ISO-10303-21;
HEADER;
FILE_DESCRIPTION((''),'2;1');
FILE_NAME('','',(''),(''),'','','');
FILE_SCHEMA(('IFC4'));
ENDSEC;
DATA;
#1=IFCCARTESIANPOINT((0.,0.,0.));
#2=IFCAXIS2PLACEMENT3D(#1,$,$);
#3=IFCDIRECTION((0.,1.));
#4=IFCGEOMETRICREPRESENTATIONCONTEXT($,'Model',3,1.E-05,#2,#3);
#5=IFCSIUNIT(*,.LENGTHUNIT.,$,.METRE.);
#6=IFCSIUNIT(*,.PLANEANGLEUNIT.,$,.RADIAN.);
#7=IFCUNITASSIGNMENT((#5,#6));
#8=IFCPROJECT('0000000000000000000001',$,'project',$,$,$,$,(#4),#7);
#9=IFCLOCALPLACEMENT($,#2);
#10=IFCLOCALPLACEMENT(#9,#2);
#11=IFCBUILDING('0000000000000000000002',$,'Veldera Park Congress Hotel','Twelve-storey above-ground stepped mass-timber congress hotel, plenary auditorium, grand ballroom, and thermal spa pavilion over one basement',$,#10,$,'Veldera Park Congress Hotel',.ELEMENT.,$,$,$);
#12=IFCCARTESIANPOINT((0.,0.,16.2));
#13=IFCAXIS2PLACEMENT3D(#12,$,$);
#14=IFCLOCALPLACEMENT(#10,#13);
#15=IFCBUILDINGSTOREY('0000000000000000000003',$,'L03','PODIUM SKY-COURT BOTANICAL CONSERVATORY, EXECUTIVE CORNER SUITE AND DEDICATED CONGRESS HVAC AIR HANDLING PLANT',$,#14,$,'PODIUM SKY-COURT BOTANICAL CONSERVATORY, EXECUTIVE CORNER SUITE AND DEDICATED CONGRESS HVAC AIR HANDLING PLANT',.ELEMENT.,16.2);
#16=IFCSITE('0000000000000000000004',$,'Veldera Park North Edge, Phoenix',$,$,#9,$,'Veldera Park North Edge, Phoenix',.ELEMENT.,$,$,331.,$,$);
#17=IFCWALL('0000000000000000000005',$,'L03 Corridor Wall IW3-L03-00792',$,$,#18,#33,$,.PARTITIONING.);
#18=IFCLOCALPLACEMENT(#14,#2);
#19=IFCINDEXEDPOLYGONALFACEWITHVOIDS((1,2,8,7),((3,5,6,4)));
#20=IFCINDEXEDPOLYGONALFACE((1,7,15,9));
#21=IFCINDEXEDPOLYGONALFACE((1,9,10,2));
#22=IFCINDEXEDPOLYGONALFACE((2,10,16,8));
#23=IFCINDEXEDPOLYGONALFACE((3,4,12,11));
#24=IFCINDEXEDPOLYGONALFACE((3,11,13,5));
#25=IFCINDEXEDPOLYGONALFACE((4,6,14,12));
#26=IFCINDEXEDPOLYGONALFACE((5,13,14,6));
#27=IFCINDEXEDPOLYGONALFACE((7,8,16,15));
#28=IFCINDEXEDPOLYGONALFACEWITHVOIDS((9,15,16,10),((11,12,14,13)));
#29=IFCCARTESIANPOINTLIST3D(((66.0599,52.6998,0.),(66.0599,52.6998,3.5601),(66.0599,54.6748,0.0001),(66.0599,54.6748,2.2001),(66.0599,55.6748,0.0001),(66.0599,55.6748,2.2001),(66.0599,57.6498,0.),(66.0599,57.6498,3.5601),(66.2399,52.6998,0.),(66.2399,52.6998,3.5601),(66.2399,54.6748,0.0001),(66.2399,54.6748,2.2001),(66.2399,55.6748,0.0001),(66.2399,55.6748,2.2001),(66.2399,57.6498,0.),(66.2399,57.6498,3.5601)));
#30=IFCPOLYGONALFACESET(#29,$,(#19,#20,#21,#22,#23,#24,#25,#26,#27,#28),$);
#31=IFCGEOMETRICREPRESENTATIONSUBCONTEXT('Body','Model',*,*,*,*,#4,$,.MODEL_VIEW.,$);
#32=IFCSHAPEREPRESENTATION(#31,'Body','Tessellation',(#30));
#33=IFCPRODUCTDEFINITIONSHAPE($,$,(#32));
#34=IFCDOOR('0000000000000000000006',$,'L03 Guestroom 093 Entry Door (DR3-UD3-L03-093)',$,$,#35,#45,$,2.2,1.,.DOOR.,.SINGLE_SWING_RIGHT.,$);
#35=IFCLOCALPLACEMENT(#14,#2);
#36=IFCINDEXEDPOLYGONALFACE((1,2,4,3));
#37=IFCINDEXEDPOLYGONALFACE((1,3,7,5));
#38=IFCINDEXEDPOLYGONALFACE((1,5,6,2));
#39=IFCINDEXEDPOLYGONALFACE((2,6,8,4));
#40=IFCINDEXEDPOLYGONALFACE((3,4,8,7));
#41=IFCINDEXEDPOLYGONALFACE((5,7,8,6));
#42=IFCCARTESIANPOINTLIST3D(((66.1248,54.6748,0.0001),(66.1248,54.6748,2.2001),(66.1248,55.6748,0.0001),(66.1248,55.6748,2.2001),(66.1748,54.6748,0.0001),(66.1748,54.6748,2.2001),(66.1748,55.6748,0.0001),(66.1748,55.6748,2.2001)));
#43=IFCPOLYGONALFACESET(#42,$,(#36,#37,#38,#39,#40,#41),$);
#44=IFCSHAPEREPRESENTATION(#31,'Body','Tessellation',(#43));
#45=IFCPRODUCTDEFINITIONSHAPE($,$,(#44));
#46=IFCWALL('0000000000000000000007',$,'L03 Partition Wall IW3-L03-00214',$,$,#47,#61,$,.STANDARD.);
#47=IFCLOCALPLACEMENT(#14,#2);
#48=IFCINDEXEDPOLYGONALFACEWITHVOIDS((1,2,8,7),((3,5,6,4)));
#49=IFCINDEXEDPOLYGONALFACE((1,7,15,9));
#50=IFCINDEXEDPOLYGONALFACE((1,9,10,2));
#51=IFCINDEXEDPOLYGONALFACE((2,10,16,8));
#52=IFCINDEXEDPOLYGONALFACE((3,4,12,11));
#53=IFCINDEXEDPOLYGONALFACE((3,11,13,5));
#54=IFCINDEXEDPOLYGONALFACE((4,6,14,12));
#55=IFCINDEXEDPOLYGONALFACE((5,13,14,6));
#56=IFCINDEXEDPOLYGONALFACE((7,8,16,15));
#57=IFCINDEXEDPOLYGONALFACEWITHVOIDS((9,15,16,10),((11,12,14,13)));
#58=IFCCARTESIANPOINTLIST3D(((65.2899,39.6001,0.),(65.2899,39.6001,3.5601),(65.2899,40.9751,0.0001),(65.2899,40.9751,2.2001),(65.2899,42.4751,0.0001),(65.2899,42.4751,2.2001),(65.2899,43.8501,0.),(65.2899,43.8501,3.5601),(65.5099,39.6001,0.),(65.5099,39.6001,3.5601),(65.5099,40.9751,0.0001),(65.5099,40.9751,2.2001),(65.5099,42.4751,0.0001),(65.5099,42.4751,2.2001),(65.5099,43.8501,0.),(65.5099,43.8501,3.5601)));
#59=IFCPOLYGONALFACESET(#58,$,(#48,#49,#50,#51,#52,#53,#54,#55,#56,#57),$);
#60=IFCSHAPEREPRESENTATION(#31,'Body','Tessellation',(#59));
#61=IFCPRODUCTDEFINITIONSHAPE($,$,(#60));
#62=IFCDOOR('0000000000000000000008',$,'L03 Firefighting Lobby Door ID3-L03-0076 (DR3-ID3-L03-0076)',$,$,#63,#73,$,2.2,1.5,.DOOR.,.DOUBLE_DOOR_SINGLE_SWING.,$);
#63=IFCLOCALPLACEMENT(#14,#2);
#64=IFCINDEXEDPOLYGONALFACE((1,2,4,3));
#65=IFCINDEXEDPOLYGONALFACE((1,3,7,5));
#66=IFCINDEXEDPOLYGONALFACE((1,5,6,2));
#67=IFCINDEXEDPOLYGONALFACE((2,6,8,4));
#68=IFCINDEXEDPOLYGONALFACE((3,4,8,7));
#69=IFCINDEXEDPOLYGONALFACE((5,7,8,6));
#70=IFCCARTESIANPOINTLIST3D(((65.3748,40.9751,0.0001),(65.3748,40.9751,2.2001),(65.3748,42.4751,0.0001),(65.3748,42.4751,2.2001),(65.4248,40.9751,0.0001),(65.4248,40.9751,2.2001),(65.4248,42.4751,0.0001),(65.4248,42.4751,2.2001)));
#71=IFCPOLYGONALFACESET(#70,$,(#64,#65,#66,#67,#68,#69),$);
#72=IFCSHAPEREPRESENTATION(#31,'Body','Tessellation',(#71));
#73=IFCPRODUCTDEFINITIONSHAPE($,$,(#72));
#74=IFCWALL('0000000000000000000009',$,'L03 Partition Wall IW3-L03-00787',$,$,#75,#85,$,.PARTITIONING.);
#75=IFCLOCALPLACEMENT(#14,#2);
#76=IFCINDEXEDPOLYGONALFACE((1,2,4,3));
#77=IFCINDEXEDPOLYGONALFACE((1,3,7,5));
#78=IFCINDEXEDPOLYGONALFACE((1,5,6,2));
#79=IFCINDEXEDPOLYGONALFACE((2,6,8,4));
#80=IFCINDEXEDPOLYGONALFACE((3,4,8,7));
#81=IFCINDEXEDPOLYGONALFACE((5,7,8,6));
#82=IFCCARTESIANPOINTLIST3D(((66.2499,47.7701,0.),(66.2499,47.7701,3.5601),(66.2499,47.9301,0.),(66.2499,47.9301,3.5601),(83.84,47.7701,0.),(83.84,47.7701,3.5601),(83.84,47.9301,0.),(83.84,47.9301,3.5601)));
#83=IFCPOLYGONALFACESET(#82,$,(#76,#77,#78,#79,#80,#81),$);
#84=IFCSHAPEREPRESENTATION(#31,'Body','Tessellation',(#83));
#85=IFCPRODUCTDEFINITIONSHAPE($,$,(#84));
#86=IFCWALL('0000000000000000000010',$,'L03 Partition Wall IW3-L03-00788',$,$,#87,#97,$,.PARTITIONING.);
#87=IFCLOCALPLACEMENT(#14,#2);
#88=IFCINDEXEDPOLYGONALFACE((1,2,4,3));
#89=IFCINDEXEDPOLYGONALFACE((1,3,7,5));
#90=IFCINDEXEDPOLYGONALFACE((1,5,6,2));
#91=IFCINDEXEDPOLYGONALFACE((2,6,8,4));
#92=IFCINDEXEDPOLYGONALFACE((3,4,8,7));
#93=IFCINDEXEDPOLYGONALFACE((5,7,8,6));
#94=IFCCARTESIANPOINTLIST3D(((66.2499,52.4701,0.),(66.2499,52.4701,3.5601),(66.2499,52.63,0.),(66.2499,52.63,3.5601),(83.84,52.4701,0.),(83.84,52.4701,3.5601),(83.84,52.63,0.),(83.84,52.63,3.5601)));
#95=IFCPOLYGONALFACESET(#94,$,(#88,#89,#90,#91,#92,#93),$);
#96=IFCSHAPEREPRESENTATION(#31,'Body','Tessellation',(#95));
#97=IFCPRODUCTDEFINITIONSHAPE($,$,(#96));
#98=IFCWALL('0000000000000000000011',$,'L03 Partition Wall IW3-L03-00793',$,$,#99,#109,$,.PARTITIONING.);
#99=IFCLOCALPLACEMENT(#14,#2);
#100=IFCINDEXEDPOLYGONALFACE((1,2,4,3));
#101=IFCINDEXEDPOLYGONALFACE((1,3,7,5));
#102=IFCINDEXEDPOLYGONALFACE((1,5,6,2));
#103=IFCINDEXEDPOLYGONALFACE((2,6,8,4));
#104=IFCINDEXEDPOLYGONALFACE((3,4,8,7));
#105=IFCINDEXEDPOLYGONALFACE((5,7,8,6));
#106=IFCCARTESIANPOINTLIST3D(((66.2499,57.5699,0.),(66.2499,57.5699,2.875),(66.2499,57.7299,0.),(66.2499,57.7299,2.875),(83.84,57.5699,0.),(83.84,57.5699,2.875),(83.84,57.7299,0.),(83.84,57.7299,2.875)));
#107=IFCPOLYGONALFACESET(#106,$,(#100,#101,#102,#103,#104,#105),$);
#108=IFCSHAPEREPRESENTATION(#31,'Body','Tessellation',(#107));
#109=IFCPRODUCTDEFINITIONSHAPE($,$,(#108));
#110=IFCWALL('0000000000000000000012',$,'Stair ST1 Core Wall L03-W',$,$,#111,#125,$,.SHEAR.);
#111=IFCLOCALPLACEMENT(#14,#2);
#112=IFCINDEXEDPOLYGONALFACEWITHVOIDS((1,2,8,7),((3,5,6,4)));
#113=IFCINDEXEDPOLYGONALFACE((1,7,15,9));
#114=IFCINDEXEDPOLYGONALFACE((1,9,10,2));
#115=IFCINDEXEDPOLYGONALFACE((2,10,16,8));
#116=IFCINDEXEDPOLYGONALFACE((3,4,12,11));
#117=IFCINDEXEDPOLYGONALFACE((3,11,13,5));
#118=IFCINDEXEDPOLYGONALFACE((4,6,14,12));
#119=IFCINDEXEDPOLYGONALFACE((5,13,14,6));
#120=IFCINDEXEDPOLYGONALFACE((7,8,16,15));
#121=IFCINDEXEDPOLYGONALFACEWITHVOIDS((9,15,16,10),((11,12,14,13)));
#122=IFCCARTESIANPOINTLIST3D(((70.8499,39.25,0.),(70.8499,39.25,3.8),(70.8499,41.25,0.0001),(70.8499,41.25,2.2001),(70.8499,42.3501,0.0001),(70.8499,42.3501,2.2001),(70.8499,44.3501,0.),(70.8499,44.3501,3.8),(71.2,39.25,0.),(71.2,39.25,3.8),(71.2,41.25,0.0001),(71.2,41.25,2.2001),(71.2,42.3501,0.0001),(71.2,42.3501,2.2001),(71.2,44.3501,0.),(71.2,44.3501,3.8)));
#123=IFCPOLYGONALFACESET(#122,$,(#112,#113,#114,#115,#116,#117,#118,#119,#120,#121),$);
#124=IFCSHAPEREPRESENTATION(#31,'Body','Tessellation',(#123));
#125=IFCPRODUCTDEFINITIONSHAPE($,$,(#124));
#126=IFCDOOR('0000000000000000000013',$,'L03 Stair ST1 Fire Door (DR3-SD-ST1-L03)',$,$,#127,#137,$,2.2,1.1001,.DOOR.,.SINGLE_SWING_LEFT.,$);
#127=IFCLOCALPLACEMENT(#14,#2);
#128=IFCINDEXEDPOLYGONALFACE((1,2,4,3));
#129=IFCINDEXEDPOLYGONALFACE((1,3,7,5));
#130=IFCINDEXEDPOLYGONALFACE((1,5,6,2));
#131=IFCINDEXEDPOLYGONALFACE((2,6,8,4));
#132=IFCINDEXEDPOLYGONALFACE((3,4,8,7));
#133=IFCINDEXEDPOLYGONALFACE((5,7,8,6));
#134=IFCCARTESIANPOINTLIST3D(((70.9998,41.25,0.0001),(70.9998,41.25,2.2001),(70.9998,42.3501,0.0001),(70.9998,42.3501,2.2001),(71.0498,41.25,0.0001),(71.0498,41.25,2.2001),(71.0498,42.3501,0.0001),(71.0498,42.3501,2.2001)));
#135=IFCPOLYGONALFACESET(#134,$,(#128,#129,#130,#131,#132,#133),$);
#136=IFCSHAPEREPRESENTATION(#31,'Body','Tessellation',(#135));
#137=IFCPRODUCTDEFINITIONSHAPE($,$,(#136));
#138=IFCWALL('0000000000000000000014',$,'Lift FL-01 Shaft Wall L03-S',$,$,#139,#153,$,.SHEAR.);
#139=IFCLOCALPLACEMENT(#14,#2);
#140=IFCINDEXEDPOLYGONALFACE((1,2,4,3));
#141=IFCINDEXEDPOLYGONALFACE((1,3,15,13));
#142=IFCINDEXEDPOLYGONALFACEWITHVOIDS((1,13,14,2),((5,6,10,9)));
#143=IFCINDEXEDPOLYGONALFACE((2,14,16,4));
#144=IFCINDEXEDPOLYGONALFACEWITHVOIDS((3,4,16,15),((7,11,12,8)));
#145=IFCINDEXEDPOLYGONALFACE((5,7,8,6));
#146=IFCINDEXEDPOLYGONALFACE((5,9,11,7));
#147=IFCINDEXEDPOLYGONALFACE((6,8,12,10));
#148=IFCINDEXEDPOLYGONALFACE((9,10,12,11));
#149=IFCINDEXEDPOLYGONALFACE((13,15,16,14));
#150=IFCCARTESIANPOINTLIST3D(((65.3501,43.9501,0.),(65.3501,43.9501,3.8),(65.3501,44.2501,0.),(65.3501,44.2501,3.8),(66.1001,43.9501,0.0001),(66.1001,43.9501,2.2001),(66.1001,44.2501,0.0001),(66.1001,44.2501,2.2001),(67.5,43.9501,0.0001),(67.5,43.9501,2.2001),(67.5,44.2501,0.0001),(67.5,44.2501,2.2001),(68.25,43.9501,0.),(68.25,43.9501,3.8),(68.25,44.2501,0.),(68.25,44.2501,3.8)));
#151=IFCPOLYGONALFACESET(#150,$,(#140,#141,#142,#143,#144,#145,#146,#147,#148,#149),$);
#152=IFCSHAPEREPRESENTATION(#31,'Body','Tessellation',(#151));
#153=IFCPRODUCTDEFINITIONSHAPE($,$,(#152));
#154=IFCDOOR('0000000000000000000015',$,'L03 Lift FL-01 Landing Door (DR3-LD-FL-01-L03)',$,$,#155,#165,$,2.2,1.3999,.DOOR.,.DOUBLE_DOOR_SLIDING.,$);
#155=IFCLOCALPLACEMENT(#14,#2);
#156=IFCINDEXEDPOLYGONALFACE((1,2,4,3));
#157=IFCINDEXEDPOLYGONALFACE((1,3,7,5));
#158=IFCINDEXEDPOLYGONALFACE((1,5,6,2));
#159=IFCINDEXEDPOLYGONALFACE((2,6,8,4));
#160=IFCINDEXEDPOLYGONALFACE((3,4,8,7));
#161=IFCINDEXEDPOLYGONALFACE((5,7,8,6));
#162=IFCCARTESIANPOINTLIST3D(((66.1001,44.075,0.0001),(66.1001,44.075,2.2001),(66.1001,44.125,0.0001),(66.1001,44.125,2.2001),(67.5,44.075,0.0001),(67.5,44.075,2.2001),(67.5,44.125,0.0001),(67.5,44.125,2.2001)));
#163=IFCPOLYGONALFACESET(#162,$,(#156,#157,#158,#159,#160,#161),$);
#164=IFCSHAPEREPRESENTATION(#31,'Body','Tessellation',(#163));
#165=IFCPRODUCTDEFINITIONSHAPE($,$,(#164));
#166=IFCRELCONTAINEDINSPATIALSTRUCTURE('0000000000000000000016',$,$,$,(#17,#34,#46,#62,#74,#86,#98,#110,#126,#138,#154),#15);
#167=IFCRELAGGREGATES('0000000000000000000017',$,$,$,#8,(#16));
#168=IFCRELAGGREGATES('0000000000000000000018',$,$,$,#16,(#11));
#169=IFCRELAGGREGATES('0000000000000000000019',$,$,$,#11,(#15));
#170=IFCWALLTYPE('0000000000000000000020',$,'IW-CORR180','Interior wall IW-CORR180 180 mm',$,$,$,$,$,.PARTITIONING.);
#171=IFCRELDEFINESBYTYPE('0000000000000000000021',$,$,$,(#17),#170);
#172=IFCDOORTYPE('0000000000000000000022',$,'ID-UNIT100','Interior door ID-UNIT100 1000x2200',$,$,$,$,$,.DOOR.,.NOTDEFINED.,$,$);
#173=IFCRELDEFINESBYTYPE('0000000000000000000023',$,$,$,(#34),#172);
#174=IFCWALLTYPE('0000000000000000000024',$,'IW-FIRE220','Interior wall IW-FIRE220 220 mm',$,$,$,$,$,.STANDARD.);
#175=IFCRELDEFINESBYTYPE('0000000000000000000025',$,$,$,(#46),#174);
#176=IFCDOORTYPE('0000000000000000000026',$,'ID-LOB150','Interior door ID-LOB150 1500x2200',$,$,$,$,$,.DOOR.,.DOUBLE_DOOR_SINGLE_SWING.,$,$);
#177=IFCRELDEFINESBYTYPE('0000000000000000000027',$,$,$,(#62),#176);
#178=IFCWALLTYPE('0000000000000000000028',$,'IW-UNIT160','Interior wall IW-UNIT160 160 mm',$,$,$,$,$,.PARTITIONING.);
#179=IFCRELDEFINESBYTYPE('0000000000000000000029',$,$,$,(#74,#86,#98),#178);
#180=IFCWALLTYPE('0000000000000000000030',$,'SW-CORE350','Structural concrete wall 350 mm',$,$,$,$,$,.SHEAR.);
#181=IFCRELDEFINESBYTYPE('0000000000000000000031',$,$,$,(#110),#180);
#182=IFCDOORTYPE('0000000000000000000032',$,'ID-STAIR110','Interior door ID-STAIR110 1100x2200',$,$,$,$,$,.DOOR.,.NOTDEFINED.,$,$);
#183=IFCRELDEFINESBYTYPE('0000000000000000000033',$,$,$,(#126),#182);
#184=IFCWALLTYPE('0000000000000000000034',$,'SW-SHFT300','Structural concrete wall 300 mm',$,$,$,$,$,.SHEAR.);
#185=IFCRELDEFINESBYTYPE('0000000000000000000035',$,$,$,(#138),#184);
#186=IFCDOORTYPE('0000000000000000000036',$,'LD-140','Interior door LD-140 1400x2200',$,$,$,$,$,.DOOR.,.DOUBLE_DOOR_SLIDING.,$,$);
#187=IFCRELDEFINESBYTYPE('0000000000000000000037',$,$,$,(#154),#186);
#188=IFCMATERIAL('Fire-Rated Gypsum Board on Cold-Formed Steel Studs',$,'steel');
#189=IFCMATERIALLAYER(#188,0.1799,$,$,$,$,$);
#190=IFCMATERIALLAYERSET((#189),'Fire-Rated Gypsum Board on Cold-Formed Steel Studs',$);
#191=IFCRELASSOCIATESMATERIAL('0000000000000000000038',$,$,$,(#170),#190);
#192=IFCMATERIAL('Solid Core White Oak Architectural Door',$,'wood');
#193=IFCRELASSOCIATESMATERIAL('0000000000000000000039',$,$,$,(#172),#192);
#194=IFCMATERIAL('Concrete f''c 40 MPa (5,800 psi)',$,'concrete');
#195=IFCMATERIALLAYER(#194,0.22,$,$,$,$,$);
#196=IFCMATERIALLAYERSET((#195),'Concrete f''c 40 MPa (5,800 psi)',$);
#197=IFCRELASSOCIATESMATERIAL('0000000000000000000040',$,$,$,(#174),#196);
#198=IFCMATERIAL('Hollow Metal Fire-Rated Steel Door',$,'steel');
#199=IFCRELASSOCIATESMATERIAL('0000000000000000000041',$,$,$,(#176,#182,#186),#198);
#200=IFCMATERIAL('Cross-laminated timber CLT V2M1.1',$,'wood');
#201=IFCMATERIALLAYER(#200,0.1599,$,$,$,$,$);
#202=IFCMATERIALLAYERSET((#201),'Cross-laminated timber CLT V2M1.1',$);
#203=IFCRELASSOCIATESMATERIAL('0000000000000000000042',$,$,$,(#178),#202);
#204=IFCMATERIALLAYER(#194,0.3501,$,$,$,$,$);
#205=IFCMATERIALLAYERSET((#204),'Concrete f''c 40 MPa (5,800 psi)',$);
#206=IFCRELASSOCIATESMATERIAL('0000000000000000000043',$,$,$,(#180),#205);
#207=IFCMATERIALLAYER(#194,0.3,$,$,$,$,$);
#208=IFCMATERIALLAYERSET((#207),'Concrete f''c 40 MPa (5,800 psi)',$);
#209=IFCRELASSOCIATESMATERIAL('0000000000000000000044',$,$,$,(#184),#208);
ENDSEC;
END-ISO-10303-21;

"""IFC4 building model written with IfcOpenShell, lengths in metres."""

from ifc_helpers import new_model, si_unit, direction, frame, frame_2d, origin, place, context, subcontext, project, spatial, rectangle, extrude, material, layer, layer_set, type_object, element, fill, save


model = new_model("IFC4")

# Units and contexts
model_context = context("Model", 3, precision=1e-05, world=origin(), true_north=direction((0.0, 1.0)))
body_context = subcontext(model_context, "Body", "Model", "MODEL_VIEW")
ifc_project = project(units=[si_unit("LENGTHUNIT", "METRE"), si_unit("PLANEANGLEUNIT", "RADIAN")], contexts=[model_context])

# Site, building, storey
site_placement = place(None, origin())
site = spatial("IfcSite", under=ifc_project, at=site_placement, Name="Veldera Park North Edge, Phoenix", LongName="Veldera Park North Edge, Phoenix", CompositionType="ELEMENT", RefElevation=331.0)
building_placement = place(site_placement, origin())
building = spatial("IfcBuilding", under=site, at=building_placement, Name="Veldera Park Congress Hotel", Description="Twelve-storey above-ground stepped mass-timber congress hotel, plenary auditorium, grand ballroom, and thermal spa pavilion over one basement", LongName="Veldera Park Congress Hotel", CompositionType="ELEMENT")
storey_placement = place(building_placement, frame((0.0, 0.0, 16.2)))
storey = spatial("IfcBuildingStorey", under=building, at=storey_placement, Name="L03", Description="PODIUM SKY-COURT BOTANICAL CONSERVATORY, EXECUTIVE CORNER SUITE AND DEDICATED CONGRESS HVAC AIR HANDLING PLANT", LongName="PODIUM SKY-COURT BOTANICAL CONSERVATORY, EXECUTIVE CORNER SUITE AND DEDICATED CONGRESS HVAC AIR HANDLING PLANT", CompositionType="ELEMENT", Elevation=16.2)

# Shared definitions
ifc_material_1 = material(Name="Cross-laminated timber CLT V2M1.1", Category="wood")

# Walls, openings, doors
ifc_material_2 = material(Name="Fire-Rated Gypsum Board on Cold-Formed Steel Studs", Category="steel")
ifc_layer_1 = layer(ifc_material_2, 0.1799)
ifc_layer_set_1 = layer_set([ifc_layer_1], Name="Fire-Rated Gypsum Board on Cold-Formed Steel Studs")
wall_type_1 = type_object("IfcWallType", Name="IW-CORR180", Description="Interior wall IW-CORR180 180 mm", PredefinedType="PARTITIONING", material=ifc_layer_set_1)
ifc_material_3 = material(Name="Solid Core White Oak Architectural Door", Category="wood")
door_type_1 = type_object("IfcDoorType", Name="ID-UNIT100", Description="Interior door ID-UNIT100 1000x2200", OperationType="NOTDEFINED", PredefinedType="DOOR", material=ifc_material_3)
wall_1_placement = place(storey_placement, frame((66.1499, 57.6499, 0.0), z_axis=(0.0, 0.0, 1.0), x_axis=(0.0, -1.0, 0.0)))
wall_1 = element("IfcWall", 1, at=wall_1_placement, inside=storey, type_object=wall_type_1, Name="L03 Corridor Wall IW3-L03-00792", PredefinedType="PARTITIONING", context=body_context, shape_type="SweptSolid", body=[
    extrude(rectangle(XDim=4.95, YDim=0.1799, at=frame_2d((2.4751, 0.0))), origin(), (0.0, 0.0, 1.0), 3.5601),
])
opening_1_placement = place(wall_1_placement, frame((1.9751, 0.0, 0.0)))
opening_1 = element("IfcOpeningElement", 2, at=opening_1_placement, cuts=wall_1, PredefinedType="OPENING", context=body_context, shape_type="SweptSolid", body=[
    extrude(rectangle(XDim=1.0, YDim=2.2, at=frame_2d((0.5, 1.1001))), frame((0.0, 0.1021, 0.0), z_axis=(0.0, -1.0, 0.0), x_axis=(1.0, 0.0, 0.0)), (0.0, 0.0, 1.0), 0.2039),
])
door_1_placement = place(opening_1_placement, origin())
door_1 = element("IfcDoor", 3, at=door_1_placement, inside=storey, type_object=door_type_1, Name="L03 Guestroom 093 Entry Door (DR3-UD3-L03-093)", OperationType="SINGLE_SWING_RIGHT", OverallHeight=2.2, OverallWidth=1.0, PredefinedType="DOOR", context=body_context, shape_type="SweptSolid", body=[
    extrude(rectangle(XDim=1.0, YDim=2.2, at=frame_2d((0.5, 1.1001))), frame((0.0, 0.0249, 0.0), z_axis=(0.0, -1.0, 0.0), x_axis=(1.0, 0.0, 0.0)), (0.0, 0.0, 1.0), 0.05),
])
fill(opening_1, door_1)
ifc_material_4 = material(Name="Concrete f'c 40 MPa (5,800 psi)", Category="concrete")
ifc_layer_2 = layer(ifc_material_4, 0.22)
ifc_layer_set_2 = layer_set([ifc_layer_2], Name="Concrete f'c 40 MPa (5,800 psi)")
wall_type_2 = type_object("IfcWallType", Name="IW-FIRE220", Description="Interior wall IW-FIRE220 220 mm", PredefinedType="STANDARD", material=ifc_layer_set_2)
wall_2_placement = place(storey_placement, frame((65.3999, 43.8501, 0.0), z_axis=(0.0, 0.0, 1.0), x_axis=(0.0, -1.0, 0.0)))
wall_2 = element("IfcWall", 4, at=wall_2_placement, inside=storey, type_object=wall_type_2, Name="L03 Partition Wall IW3-L03-00214", PredefinedType="STANDARD", context=body_context, shape_type="SweptSolid", body=[
    extrude(rectangle(XDim=4.25, YDim=0.22, at=frame_2d((2.125, 0.0))), origin(), (0.0, 0.0, 1.0), 3.5601),
])
opening_2_placement = place(wall_2_placement, frame((1.375, 0.0, 0.0)))
opening_2 = element("IfcOpeningElement", 5, at=opening_2_placement, cuts=wall_2, PredefinedType="OPENING", context=body_context, shape_type="SweptSolid", body=[
    extrude(rectangle(XDim=1.5, YDim=2.2, at=frame_2d((0.75, 1.1001))), frame((0.0, 0.1221, 0.0), z_axis=(0.0, -1.0, 0.0), x_axis=(1.0, 0.0, 0.0)), (0.0, 0.0, 1.0), 0.2439),
])
ifc_material_5 = material(Name="Hollow Metal Fire-Rated Steel Door", Category="steel")
door_type_2 = type_object("IfcDoorType", Name="ID-LOB150", Description="Interior door ID-LOB150 1500x2200", OperationType="DOUBLE_DOOR_SINGLE_SWING", PredefinedType="DOOR", material=ifc_material_5)
door_2_placement = place(opening_2_placement, origin())
door_2 = element("IfcDoor", 6, at=door_2_placement, inside=storey, type_object=door_type_2, Name="L03 Firefighting Lobby Door ID3-L03-0076 (DR3-ID3-L03-0076)", OperationType="DOUBLE_DOOR_SINGLE_SWING", OverallHeight=2.2, OverallWidth=1.5, PredefinedType="DOOR", context=body_context, shape_type="SweptSolid", body=[
    extrude(rectangle(XDim=1.5, YDim=2.2, at=frame_2d((0.75, 1.1001))), frame((0.0, 0.0249, 0.0), z_axis=(0.0, -1.0, 0.0), x_axis=(1.0, 0.0, 0.0)), (0.0, 0.0, 1.0), 0.05),
])
fill(opening_2, door_2)

# Walls
ifc_layer_3 = layer(ifc_material_1, 0.1599)
ifc_layer_set_3 = layer_set([ifc_layer_3], Name="Cross-laminated timber CLT V2M1.1")
wall_type_3 = type_object("IfcWallType", Name="IW-UNIT160", Description="Interior wall IW-UNIT160 160 mm", PredefinedType="PARTITIONING", material=ifc_layer_set_3)
for number, where, z_axis, x_axis, name in (
    (7, (66.25, 47.8501, 0.0), (0.0, 0.0, 1.0), (1.0, 0.0, 0.0), "L03 Partition Wall IW3-L03-00787"),
    (8, (66.25, 52.55, 0.0), (0.0, 0.0, 1.0), (1.0, 0.0, 0.0), "L03 Partition Wall IW3-L03-00788"),
):
    element("IfcWall", number, at=place(storey_placement, frame(where, z_axis=z_axis, x_axis=x_axis)), inside=storey, type_object=wall_type_3, Name=name, PredefinedType="PARTITIONING", context=body_context, shape_type="SweptSolid", body=[
        extrude(rectangle(XDim=17.5901, YDim=0.1599, at=frame_2d((8.7949, 0.0))), origin(), (0.0, 0.0, 1.0), 3.5601),
    ])
wall_3_placement = place(storey_placement, frame((66.25, 57.6499, 0.0), z_axis=(0.0, 0.0, 1.0), x_axis=(1.0, 0.0, 0.0)))
element("IfcWall", 9, at=wall_3_placement, inside=storey, type_object=wall_type_3, Name="L03 Partition Wall IW3-L03-00793", PredefinedType="PARTITIONING", context=body_context, shape_type="SweptSolid", body=[
    extrude(rectangle(XDim=17.5901, YDim=0.1599, at=frame_2d((8.7949, 0.0))), origin(), (0.0, 0.0, 1.0), 2.875),
])

# Walls, openings, doors
ifc_layer_4 = layer(ifc_material_4, 0.3501)
ifc_layer_set_4 = layer_set([ifc_layer_4], Name="Concrete f'c 40 MPa (5,800 psi)")
wall_type_4 = type_object("IfcWallType", Name="SW-CORE350", Description="Structural concrete wall 350 mm", PredefinedType="SHEAR", material=ifc_layer_set_4)
wall_4_placement = place(storey_placement, frame((71.0249, 44.3501, 0.0), z_axis=(0.0, 0.0, 1.0), x_axis=(0.0, -1.0, 0.0)))
wall_4 = element("IfcWall", 10, at=wall_4_placement, inside=storey, type_object=wall_type_4, Name="Stair ST1 Core Wall L03-W", PredefinedType="SHEAR", context=body_context, shape_type="SweptSolid", body=[
    extrude(rectangle(XDim=5.1001, YDim=0.3501, at=frame_2d((2.55, 0.0))), origin(), (0.0, 0.0, 1.0), 3.8),
])
opening_3_placement = place(wall_4_placement, frame((2.0, 0.0, 0.0)))
opening_3 = element("IfcOpeningElement", 11, at=opening_3_placement, cuts=wall_4, PredefinedType="OPENING", context=body_context, shape_type="SweptSolid", body=[
    extrude(rectangle(XDim=1.1001, YDim=2.2, at=frame_2d((0.55, 1.1001))), frame((0.0, 0.187, 0.0), z_axis=(0.0, -1.0, 0.0), x_axis=(1.0, 0.0, 0.0)), (0.0, 0.0, 1.0), 0.374),
])
door_type_3 = type_object("IfcDoorType", Name="ID-STAIR110", Description="Interior door ID-STAIR110 1100x2200", OperationType="NOTDEFINED", PredefinedType="DOOR", material=ifc_material_5)
door_3_placement = place(opening_3_placement, origin())
door_3 = element("IfcDoor", 12, at=door_3_placement, inside=storey, type_object=door_type_3, Name="L03 Stair ST1 Fire Door (DR3-SD-ST1-L03)", OperationType="SINGLE_SWING_LEFT", OverallHeight=2.2, OverallWidth=1.1001, PredefinedType="DOOR", context=body_context, shape_type="SweptSolid", body=[
    extrude(rectangle(XDim=1.1001, YDim=2.2, at=frame_2d((0.55, 1.1001))), frame((0.0, 0.0249, 0.0), z_axis=(0.0, -1.0, 0.0), x_axis=(1.0, 0.0, 0.0)), (0.0, 0.0, 1.0), 0.05),
])
fill(opening_3, door_3)
ifc_layer_5 = layer(ifc_material_4, 0.3)
ifc_layer_set_5 = layer_set([ifc_layer_5], Name="Concrete f'c 40 MPa (5,800 psi)")
wall_type_5 = type_object("IfcWallType", Name="SW-SHFT300", Description="Structural concrete wall 300 mm", PredefinedType="SHEAR", material=ifc_layer_set_5)
wall_5_placement = place(storey_placement, frame((65.3501, 44.1001, 0.0), z_axis=(0.0, 0.0, 1.0), x_axis=(1.0, 0.0, 0.0)))
wall_5 = element("IfcWall", 13, at=wall_5_placement, inside=storey, type_object=wall_type_5, Name="Lift FL-01 Shaft Wall L03-S", PredefinedType="SHEAR", context=body_context, shape_type="SweptSolid", body=[
    extrude(rectangle(XDim=2.8999, YDim=0.3, at=frame_2d((1.45, 0.0))), origin(), (0.0, 0.0, 1.0), 3.8),
])
opening_4_placement = place(wall_5_placement, frame((0.75, 0.0, 0.0)))
opening_4 = element("IfcOpeningElement", 14, at=opening_4_placement, cuts=wall_5, PredefinedType="OPENING", context=body_context, shape_type="SweptSolid", body=[
    extrude(rectangle(XDim=1.3999, YDim=2.2, at=frame_2d((0.7, 1.1001))), frame((0.0, 0.1621, 0.0), z_axis=(0.0, -1.0, 0.0), x_axis=(1.0, 0.0, 0.0)), (0.0, 0.0, 1.0), 0.324),
])
door_type_4 = type_object("IfcDoorType", Name="LD-140", Description="Interior door LD-140 1400x2200", OperationType="DOUBLE_DOOR_SLIDING", PredefinedType="DOOR", material=ifc_material_5)
door_4_placement = place(opening_4_placement, origin())
door_4 = element("IfcDoor", 15, at=door_4_placement, inside=storey, type_object=door_type_4, Name="L03 Lift FL-01 Landing Door (DR3-LD-FL-01-L03)", OperationType="DOUBLE_DOOR_SLIDING", OverallHeight=2.2, OverallWidth=1.3999, PredefinedType="DOOR", context=body_context, shape_type="SweptSolid", body=[
    extrude(rectangle(XDim=1.3999, YDim=2.2, at=frame_2d((0.7, 1.1001))), frame((0.0, 0.0249, 0.0), z_axis=(0.0, -1.0, 0.0), x_axis=(1.0, 0.0, 0.0)), (0.0, 0.0, 1.0), 0.05),
])
fill(opening_4, door_4)

save(model, "model.ifc")
